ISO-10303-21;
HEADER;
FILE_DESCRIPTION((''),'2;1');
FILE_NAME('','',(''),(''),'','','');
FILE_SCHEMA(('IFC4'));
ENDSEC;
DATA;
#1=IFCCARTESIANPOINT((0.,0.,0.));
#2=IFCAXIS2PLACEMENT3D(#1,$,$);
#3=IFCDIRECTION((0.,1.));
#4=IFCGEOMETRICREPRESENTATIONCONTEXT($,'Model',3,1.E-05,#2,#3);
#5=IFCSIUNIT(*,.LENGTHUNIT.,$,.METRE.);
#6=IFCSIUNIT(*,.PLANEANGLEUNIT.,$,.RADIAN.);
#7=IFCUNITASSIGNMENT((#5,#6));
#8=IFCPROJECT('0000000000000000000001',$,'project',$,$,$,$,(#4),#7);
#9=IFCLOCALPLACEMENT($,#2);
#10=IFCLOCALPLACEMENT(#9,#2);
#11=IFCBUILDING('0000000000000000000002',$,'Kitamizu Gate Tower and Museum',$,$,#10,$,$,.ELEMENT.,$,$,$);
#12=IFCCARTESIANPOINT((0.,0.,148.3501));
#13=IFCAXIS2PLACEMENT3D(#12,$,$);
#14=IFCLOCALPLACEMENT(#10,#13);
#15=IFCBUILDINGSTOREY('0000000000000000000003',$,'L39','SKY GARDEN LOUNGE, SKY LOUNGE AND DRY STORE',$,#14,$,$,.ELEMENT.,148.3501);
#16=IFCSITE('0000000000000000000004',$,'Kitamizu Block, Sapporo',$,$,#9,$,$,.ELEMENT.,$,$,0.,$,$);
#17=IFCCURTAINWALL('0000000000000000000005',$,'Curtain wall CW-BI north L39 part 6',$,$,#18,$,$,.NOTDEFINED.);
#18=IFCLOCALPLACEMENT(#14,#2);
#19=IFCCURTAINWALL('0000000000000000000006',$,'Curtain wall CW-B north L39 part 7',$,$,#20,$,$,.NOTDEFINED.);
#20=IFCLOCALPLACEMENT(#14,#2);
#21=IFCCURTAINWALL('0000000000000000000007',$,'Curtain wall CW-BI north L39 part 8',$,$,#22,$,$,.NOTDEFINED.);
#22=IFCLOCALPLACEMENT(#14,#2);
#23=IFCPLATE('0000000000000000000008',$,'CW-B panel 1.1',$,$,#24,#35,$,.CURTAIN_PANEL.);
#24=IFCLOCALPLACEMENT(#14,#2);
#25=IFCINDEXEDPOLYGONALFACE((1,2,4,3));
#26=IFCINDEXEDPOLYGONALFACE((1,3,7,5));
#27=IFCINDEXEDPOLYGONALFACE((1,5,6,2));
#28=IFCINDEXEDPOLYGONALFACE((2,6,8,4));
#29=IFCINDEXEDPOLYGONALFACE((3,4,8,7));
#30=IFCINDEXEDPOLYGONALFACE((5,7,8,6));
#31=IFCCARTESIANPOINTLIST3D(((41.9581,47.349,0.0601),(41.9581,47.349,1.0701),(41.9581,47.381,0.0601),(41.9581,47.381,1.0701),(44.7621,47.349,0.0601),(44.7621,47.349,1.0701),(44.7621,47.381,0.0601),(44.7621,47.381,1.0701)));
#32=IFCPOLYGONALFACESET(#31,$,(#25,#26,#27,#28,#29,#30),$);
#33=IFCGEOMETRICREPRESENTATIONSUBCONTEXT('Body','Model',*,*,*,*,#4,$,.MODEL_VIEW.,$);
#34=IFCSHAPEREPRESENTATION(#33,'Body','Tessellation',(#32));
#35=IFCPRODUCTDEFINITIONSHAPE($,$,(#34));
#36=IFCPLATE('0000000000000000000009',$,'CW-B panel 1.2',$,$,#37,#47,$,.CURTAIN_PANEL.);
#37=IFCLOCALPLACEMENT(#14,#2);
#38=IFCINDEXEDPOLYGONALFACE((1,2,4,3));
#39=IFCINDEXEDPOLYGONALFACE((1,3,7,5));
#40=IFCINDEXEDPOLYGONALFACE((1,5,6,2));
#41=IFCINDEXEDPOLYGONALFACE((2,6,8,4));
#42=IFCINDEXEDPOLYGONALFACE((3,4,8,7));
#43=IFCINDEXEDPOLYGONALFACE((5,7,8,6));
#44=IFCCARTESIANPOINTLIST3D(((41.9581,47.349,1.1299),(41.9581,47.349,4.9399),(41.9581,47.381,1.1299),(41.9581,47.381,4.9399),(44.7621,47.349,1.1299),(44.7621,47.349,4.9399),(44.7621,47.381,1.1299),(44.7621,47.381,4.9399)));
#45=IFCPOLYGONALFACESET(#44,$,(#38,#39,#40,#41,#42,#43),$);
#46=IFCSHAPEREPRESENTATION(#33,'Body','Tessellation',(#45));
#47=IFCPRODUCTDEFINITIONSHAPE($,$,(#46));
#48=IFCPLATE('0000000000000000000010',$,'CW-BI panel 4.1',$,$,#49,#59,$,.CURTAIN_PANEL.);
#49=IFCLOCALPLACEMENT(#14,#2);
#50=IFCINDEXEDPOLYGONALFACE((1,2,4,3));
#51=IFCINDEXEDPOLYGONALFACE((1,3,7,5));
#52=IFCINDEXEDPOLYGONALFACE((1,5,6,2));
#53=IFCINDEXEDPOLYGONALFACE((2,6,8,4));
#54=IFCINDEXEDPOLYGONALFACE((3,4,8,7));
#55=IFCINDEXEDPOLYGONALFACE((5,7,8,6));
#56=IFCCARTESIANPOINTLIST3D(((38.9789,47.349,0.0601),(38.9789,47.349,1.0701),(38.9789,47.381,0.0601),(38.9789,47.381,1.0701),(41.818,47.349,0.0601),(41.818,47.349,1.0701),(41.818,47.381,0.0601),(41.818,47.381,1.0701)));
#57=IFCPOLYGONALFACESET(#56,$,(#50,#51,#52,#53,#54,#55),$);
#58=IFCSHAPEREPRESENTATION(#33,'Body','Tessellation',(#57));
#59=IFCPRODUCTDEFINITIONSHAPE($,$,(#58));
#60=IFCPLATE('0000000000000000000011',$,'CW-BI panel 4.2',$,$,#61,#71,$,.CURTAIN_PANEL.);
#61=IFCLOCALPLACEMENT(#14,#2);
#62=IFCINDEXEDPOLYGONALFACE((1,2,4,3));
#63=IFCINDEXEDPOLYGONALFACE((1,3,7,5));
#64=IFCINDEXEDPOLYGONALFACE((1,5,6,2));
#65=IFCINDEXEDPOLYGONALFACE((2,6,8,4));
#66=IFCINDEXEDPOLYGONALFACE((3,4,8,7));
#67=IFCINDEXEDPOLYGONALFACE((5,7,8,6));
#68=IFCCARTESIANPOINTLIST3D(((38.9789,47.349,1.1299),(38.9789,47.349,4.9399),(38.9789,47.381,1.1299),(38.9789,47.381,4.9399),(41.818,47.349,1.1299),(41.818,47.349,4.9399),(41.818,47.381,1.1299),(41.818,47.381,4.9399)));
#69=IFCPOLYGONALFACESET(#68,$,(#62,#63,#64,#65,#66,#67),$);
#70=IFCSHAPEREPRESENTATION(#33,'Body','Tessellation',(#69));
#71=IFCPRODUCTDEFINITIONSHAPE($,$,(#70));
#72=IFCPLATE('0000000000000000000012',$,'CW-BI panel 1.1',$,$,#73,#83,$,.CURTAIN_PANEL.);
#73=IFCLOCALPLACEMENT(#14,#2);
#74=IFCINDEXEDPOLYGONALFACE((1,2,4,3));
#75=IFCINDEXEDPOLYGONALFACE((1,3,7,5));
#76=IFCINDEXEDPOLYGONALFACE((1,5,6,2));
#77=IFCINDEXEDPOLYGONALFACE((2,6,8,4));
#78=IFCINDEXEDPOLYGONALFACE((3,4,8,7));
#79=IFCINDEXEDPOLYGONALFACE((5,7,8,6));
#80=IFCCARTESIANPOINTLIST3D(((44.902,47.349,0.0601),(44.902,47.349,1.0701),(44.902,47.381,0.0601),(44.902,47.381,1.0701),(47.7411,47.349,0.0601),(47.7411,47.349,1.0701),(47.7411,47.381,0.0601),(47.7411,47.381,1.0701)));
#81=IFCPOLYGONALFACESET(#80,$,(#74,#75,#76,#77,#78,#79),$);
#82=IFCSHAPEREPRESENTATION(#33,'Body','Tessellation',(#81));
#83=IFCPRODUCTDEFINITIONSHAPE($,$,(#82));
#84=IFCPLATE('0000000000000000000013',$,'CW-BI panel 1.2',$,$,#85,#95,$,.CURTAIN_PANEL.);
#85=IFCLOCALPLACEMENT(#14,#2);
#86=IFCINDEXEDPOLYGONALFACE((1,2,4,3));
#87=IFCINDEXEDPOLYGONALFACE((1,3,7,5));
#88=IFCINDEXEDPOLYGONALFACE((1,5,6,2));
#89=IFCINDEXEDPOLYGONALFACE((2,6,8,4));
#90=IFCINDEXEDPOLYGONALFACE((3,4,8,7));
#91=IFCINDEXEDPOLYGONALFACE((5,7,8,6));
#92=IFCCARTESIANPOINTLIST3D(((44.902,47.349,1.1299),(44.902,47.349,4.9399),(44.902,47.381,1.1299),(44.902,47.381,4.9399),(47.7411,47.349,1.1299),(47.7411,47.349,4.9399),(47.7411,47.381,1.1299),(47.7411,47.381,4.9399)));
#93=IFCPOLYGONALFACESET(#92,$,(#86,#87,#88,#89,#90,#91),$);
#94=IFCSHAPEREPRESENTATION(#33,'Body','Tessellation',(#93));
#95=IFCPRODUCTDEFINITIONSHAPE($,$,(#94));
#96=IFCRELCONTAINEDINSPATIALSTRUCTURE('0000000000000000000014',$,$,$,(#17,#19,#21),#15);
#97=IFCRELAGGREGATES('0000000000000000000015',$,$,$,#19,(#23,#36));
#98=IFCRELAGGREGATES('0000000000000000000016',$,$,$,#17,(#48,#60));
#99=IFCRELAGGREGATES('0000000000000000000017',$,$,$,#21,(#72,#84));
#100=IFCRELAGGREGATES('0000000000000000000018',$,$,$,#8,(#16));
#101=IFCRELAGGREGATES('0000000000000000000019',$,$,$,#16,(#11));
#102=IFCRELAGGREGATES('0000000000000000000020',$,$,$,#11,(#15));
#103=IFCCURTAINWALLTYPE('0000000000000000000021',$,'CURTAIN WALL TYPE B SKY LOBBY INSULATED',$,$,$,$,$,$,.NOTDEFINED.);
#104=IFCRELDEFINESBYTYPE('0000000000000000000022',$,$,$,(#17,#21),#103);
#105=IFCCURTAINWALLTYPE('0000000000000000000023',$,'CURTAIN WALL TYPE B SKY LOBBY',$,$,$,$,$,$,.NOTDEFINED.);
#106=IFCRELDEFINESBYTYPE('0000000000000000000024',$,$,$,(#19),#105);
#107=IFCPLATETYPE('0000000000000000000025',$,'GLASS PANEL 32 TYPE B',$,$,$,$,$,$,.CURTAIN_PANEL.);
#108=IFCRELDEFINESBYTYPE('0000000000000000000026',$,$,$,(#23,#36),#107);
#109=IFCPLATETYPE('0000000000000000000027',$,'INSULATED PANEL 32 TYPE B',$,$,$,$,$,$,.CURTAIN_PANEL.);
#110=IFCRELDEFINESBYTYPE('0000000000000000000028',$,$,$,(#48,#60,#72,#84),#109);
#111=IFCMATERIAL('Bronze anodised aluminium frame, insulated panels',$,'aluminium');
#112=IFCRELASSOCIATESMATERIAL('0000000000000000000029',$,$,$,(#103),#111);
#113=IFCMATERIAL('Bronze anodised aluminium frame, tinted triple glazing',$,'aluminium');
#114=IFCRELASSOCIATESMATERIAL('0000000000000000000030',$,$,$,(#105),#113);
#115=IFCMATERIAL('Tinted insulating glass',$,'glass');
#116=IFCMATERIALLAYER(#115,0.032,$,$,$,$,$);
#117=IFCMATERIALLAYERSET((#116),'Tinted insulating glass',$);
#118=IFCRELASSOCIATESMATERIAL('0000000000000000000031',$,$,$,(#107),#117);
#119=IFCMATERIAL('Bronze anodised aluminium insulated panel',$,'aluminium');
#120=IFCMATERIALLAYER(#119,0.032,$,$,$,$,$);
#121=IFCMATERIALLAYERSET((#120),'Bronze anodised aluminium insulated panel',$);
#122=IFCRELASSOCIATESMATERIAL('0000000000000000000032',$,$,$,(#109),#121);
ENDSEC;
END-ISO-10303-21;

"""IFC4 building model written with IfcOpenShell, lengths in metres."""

from ifc_helpers import new_model, si_unit, direction, frame, origin, origin_2d, place, context, subcontext, project, spatial, rectangle, extrude, material, layer, layer_set, type_object, element, aggregate, save


model = new_model("IFC4")

# Units and contexts
model_context = context("Model", 3, precision=1e-05, world=origin(), true_north=direction((0.0, 1.0)))
body_context = subcontext(model_context, "Body", "Model", "MODEL_VIEW")
ifc_project = project(units=[si_unit("LENGTHUNIT", "METRE"), si_unit("PLANEANGLEUNIT", "RADIAN")], contexts=[model_context])

# Site, building, storey
site_placement = place(None, origin())
site = spatial("IfcSite", under=ifc_project, at=site_placement, Name="Kitamizu Block, Sapporo", CompositionType="ELEMENT", RefElevation=0.0)
building_placement = place(site_placement, origin())
building = spatial("IfcBuilding", under=site, at=building_placement, Name="Kitamizu Gate Tower and Museum", CompositionType="ELEMENT")
storey_placement = place(building_placement, frame((0.0, 0.0, 148.3501)))
storey = spatial("IfcBuildingStorey", under=building, at=storey_placement, Name="L39", Description="SKY GARDEN LOUNGE, SKY LOUNGE AND DRY STORE", CompositionType="ELEMENT", Elevation=148.3501)

# Curtain wall
ifc_material_1 = material(Name="Bronze anodised aluminium frame, insulated panels", Category="aluminium")
curtain_wall_type_1 = type_object("IfcCurtainWallType", Name="CURTAIN WALL TYPE B SKY LOBBY INSULATED", PredefinedType="NOTDEFINED", material=ifc_material_1)
curtain_wall_1_placement = place(storey_placement, origin())
curtain_wall_1 = element("IfcCurtainWall", 1, at=curtain_wall_1_placement, inside=storey, type_object=curtain_wall_type_1, Name="Curtain wall CW-BI north L39 part 6", PredefinedType="NOTDEFINED")

# Curtain walls
ifc_material_2 = material(Name="Bronze anodised aluminium frame, tinted triple glazing", Category="aluminium")
curtain_wall_type_2 = type_object("IfcCurtainWallType", Name="CURTAIN WALL TYPE B SKY LOBBY", PredefinedType="NOTDEFINED", material=ifc_material_2)
curtain_wall_2_placement = place(storey_placement, origin())
curtain_wall_2 = element("IfcCurtainWall", 2, at=curtain_wall_2_placement, inside=storey, type_object=curtain_wall_type_2, Name="Curtain wall CW-B north L39 part 7", PredefinedType="NOTDEFINED")
curtain_wall_3_placement = place(storey_placement, origin())
curtain_wall_3 = element("IfcCurtainWall", 3, at=curtain_wall_3_placement, inside=storey, type_object=curtain_wall_type_1, Name="Curtain wall CW-BI north L39 part 8", PredefinedType="NOTDEFINED")

# Plates
ifc_material_3 = material(Name="Tinted insulating glass", Category="glass")
ifc_layer_1 = layer(ifc_material_3, 0.032)
ifc_layer_set_1 = layer_set([ifc_layer_1], Name="Tinted insulating glass")
plate_type_1 = type_object("IfcPlateType", Name="GLASS PANEL 32 TYPE B", PredefinedType="CURTAIN_PANEL", material=ifc_layer_set_1)
plate_1_placement = place(storey_placement, frame((43.3601, 47.365, 0.0601), z_axis=(0.0, 0.0, 1.0), x_axis=(1.0, 0.0, 0.0)))
plate_1 = element("IfcPlate", 4, at=plate_1_placement, type_object=plate_type_1, Name="CW-B panel 1.1", PredefinedType="CURTAIN_PANEL", context=body_context, shape_type="SweptSolid", body=[
    extrude(rectangle(XDim=2.804, YDim=0.032, at=origin_2d()), origin(), (0.0, 0.0, 1.0), 1.01),
])
plate_2_placement = place(storey_placement, frame((43.3601, 47.365, 1.1299), z_axis=(0.0, 0.0, 1.0), x_axis=(1.0, 0.0, 0.0)))
plate_2 = element("IfcPlate", 5, at=plate_2_placement, type_object=plate_type_1, Name="CW-B panel 1.2", PredefinedType="CURTAIN_PANEL", context=body_context, shape_type="SweptSolid", body=[
    extrude(rectangle(XDim=2.804, YDim=0.032, at=origin_2d()), origin(), (0.0, 0.0, 1.0), 3.8101),
])
aggregate(curtain_wall_2, [plate_1, plate_2])
ifc_material_4 = material(Name="Bronze anodised aluminium insulated panel", Category="aluminium")
ifc_layer_2 = layer(ifc_material_4, 0.032)
ifc_layer_set_2 = layer_set([ifc_layer_2], Name="Bronze anodised aluminium insulated panel")
plate_type_2 = type_object("IfcPlateType", Name="INSULATED PANEL 32 TYPE B", PredefinedType="CURTAIN_PANEL", material=ifc_layer_set_2)
plate_3_placement = place(storey_placement, frame((40.3984, 47.365, 0.0601), z_axis=(0.0, 0.0, 1.0), x_axis=(1.0, 0.0, 0.0)))
plate_3 = element("IfcPlate", 6, at=plate_3_placement, type_object=plate_type_2, Name="CW-BI panel 4.1", PredefinedType="CURTAIN_PANEL", context=body_context, shape_type="SweptSolid", body=[
    extrude(rectangle(XDim=2.8391, YDim=0.032, at=origin_2d()), origin(), (0.0, 0.0, 1.0), 1.01),
])
plate_4_placement = place(storey_placement, frame((40.3984, 47.365, 1.1299), z_axis=(0.0, 0.0, 1.0), x_axis=(1.0, 0.0, 0.0)))
plate_4 = element("IfcPlate", 7, at=plate_4_placement, type_object=plate_type_2, Name="CW-BI panel 4.2", PredefinedType="CURTAIN_PANEL", context=body_context, shape_type="SweptSolid", body=[
    extrude(rectangle(XDim=2.8391, YDim=0.032, at=origin_2d()), origin(), (0.0, 0.0, 1.0), 3.8101),
])
aggregate(curtain_wall_1, [plate_3, plate_4])
plate_5_placement = place(storey_placement, frame((46.3215, 47.365, 0.0601), z_axis=(0.0, 0.0, 1.0), x_axis=(1.0, 0.0, 0.0)))
plate_5 = element("IfcPlate", 8, at=plate_5_placement, type_object=plate_type_2, Name="CW-BI panel 1.1", PredefinedType="CURTAIN_PANEL", context=body_context, shape_type="SweptSolid", body=[
    extrude(rectangle(XDim=2.8391, YDim=0.032, at=origin_2d()), origin(), (0.0, 0.0, 1.0), 1.01),
])
plate_6_placement = place(storey_placement, frame((46.3215, 47.365, 1.1299), z_axis=(0.0, 0.0, 1.0), x_axis=(1.0, 0.0, 0.0)))
plate_6 = element("IfcPlate", 9, at=plate_6_placement, type_object=plate_type_2, Name="CW-BI panel 1.2", PredefinedType="CURTAIN_PANEL", context=body_context, shape_type="SweptSolid", body=[
    extrude(rectangle(XDim=2.8391, YDim=0.032, at=origin_2d()), origin(), (0.0, 0.0, 1.0), 3.8101),
])
aggregate(curtain_wall_3, [plate_5, plate_6])

save(model, "model.ifc")
